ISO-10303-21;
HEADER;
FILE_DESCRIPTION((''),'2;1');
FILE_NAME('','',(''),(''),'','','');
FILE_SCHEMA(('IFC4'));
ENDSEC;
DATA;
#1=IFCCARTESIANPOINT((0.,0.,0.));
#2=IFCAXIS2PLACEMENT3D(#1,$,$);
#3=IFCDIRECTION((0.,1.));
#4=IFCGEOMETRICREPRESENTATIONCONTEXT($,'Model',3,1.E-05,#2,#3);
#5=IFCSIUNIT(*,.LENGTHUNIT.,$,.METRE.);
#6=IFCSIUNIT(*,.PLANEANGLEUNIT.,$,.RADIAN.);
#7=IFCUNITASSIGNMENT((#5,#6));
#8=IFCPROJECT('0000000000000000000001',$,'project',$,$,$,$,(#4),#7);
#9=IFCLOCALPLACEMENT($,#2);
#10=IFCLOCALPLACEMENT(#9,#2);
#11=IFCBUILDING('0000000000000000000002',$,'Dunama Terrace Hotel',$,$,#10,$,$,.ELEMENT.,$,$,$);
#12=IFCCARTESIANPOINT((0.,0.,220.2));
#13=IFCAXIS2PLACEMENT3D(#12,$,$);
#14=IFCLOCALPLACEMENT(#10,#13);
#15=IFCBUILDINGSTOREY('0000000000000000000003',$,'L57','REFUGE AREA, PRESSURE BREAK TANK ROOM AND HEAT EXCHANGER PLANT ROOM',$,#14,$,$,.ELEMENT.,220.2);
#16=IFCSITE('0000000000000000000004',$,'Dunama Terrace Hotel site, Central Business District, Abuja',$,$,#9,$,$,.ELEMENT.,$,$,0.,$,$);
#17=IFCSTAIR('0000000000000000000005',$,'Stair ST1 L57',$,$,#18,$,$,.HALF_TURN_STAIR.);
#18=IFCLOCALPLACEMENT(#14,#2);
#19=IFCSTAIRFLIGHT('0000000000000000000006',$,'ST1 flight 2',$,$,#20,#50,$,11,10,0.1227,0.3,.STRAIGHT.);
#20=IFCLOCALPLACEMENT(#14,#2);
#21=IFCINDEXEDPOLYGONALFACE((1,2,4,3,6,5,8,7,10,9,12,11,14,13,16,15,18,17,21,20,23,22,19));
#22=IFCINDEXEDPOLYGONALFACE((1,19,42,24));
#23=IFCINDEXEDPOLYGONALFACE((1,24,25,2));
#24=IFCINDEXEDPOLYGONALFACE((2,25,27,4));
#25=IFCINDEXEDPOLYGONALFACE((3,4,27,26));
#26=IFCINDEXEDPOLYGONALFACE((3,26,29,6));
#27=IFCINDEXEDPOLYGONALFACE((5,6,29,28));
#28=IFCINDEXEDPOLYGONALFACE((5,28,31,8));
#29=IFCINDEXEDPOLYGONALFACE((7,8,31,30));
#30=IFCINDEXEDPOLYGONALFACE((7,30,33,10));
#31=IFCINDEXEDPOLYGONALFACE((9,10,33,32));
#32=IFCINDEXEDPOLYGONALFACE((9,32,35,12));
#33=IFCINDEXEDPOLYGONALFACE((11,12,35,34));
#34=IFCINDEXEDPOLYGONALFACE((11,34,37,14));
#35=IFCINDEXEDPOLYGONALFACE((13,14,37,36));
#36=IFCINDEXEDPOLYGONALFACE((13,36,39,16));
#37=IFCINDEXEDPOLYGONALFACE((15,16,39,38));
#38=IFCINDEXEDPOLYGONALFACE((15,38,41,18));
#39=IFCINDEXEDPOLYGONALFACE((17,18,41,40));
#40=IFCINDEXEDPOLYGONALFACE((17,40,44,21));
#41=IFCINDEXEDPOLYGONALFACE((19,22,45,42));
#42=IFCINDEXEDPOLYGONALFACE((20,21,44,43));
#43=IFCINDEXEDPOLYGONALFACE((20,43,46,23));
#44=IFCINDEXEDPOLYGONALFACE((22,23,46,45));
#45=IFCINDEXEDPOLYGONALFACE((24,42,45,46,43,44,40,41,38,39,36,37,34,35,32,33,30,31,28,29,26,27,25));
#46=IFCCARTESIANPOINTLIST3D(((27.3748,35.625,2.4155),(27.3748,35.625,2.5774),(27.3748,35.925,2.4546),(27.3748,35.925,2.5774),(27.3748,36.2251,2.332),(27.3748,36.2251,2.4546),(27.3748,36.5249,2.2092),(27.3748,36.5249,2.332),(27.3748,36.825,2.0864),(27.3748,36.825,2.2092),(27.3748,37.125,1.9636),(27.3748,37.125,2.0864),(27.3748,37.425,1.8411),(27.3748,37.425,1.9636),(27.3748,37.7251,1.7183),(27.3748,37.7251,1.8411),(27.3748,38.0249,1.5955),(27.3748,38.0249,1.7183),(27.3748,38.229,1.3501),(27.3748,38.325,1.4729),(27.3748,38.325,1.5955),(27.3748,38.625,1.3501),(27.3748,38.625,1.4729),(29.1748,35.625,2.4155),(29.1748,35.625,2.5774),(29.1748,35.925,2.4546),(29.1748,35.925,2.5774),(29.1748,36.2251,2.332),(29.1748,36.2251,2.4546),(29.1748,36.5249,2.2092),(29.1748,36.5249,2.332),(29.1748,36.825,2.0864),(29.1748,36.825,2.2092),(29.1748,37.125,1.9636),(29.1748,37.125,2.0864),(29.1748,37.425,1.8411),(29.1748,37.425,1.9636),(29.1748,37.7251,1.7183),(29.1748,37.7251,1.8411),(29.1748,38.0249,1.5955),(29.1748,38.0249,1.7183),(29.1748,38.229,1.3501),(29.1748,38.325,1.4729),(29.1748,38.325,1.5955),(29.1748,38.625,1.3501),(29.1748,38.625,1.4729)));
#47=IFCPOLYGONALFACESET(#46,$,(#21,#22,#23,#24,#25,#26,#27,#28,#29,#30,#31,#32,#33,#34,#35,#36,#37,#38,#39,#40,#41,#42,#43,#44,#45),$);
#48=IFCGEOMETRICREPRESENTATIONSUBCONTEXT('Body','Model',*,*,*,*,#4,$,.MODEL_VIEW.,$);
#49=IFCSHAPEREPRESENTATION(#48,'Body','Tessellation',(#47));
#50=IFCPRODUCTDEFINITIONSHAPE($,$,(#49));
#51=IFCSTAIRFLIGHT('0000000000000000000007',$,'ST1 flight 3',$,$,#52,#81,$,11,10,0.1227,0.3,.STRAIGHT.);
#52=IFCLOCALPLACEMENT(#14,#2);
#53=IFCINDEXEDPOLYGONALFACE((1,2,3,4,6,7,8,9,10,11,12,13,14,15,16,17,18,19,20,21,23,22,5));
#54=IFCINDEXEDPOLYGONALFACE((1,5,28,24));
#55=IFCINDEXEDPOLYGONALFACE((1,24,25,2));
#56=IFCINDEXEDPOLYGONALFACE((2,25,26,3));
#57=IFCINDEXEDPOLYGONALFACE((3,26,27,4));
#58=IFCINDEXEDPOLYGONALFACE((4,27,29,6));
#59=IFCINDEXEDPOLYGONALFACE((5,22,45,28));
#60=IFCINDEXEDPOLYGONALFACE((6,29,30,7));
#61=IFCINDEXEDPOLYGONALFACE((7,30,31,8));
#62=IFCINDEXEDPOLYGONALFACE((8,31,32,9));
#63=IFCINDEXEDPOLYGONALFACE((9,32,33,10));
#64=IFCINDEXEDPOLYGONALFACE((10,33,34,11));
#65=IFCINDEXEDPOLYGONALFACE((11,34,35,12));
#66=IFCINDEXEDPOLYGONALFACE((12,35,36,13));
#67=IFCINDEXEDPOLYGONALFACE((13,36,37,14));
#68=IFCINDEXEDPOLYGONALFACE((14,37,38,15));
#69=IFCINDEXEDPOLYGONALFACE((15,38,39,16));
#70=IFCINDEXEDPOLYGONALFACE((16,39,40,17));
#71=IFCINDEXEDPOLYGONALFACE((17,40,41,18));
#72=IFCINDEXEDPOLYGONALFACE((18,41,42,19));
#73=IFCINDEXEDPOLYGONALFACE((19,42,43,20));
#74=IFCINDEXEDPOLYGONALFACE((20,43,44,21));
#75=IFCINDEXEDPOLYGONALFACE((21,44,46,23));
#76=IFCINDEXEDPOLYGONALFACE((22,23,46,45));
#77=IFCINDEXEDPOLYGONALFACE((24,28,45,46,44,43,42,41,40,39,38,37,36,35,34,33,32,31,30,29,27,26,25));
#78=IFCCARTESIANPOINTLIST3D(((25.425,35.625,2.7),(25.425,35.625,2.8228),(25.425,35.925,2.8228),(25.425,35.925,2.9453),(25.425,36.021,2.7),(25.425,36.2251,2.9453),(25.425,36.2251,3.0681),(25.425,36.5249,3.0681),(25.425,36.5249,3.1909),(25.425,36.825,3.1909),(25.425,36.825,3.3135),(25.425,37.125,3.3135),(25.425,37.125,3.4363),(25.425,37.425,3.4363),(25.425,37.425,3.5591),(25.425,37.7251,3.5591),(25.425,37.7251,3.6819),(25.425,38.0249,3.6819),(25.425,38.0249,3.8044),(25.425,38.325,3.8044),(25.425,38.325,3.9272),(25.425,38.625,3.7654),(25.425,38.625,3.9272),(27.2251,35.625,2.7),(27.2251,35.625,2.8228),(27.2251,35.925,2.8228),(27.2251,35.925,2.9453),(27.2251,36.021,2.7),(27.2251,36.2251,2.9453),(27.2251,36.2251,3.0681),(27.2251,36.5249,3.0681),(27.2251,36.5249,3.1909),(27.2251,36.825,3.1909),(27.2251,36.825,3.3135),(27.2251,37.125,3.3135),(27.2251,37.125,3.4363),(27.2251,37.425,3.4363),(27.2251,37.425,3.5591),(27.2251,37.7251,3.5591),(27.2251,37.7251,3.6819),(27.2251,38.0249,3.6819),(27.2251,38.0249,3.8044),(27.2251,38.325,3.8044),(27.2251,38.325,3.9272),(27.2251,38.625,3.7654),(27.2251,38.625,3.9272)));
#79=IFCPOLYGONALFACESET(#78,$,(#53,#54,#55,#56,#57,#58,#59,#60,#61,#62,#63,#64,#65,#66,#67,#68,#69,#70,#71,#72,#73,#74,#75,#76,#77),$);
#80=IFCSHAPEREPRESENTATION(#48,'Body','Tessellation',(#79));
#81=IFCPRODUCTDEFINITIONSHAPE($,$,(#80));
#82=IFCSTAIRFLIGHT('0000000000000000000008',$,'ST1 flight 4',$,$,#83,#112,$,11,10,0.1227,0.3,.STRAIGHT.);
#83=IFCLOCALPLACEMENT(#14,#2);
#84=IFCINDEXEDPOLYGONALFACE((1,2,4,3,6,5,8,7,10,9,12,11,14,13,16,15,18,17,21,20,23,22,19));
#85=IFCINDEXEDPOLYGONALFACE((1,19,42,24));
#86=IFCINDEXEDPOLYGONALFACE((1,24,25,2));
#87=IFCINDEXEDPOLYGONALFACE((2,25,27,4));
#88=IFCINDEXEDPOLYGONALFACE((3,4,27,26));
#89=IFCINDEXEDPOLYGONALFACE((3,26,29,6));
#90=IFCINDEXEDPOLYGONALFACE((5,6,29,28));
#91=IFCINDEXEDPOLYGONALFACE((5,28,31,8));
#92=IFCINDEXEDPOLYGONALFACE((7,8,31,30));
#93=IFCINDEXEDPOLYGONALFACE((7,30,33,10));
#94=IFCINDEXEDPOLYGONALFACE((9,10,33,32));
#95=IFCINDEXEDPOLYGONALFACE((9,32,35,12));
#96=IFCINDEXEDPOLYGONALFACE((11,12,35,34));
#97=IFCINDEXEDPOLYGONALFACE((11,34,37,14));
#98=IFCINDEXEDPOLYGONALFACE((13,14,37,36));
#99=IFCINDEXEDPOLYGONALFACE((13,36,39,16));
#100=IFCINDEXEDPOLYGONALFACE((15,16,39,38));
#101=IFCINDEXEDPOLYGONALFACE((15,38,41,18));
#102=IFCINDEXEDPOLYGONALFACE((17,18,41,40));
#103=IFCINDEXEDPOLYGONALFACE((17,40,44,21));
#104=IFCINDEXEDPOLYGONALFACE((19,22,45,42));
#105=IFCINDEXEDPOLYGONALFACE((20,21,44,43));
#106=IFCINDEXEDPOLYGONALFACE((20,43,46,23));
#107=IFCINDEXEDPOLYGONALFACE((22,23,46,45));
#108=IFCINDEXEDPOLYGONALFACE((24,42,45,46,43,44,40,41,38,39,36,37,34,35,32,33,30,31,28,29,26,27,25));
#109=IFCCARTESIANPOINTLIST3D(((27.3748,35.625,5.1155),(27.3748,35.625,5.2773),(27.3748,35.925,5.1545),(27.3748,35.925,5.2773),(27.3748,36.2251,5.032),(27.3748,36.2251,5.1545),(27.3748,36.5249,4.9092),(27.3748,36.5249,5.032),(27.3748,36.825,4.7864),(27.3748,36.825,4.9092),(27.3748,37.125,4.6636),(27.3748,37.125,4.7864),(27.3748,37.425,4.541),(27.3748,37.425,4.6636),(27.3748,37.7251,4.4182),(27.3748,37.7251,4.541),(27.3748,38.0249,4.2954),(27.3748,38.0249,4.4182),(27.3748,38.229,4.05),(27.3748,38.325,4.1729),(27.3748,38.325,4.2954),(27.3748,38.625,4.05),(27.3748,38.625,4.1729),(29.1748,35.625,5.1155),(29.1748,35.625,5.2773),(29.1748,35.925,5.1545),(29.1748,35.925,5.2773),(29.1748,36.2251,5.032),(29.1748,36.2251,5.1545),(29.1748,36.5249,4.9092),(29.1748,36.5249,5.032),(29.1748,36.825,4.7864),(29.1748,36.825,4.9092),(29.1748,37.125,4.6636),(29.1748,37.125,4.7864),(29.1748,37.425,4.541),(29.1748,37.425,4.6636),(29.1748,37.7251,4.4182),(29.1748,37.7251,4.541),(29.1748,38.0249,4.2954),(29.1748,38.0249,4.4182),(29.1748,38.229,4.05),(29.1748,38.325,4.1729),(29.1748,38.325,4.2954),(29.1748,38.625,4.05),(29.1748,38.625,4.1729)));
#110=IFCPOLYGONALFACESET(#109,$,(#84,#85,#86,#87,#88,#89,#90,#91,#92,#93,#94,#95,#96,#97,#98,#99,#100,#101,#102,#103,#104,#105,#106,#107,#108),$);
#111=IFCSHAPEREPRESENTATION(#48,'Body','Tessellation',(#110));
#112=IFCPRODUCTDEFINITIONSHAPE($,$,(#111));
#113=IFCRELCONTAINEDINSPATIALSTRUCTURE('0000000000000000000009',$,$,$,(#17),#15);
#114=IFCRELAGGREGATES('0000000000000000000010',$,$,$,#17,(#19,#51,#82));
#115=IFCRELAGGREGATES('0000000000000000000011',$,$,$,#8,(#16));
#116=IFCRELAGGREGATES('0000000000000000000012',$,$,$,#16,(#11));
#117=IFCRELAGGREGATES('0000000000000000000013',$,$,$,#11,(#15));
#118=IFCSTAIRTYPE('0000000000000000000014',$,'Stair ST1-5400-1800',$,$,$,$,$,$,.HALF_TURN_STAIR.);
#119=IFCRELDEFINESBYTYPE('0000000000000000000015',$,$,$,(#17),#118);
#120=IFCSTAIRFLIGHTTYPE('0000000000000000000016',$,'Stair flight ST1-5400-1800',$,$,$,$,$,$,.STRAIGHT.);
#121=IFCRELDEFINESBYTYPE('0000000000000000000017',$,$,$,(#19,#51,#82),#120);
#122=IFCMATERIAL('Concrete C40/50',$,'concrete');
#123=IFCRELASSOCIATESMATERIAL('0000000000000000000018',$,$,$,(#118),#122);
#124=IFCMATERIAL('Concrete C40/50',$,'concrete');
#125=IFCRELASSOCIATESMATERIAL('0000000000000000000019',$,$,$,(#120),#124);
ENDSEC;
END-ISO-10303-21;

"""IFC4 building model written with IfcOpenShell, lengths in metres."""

from ifc_helpers import new_model, si_unit, direction, frame, origin, place, context, subcontext, project, spatial, polyline, outline, extrude, material, type_object, element, aggregate, save


model = new_model("IFC4")

# Units and contexts
model_context = context("Model", 3, precision=1e-05, world=origin(), true_north=direction((0.0, 1.0)))
body_context = subcontext(model_context, "Body", "Model", "MODEL_VIEW")
ifc_project = project(units=[si_unit("LENGTHUNIT", "METRE"), si_unit("PLANEANGLEUNIT", "RADIAN")], contexts=[model_context])

# Site, building, storey
site_placement = place(None, origin())
site = spatial("IfcSite", under=ifc_project, at=site_placement, Name="Dunama Terrace Hotel site, Central Business District, Abuja", CompositionType="ELEMENT", RefElevation=0.0)
building_placement = place(site_placement, origin())
building = spatial("IfcBuilding", under=site, at=building_placement, Name="Dunama Terrace Hotel", CompositionType="ELEMENT")
storey_placement = place(building_placement, frame((0.0, 0.0, 220.2)))
storey = spatial("IfcBuildingStorey", under=building, at=storey_placement, Name="L57", Description="REFUGE AREA, PRESSURE BREAK TANK ROOM AND HEAT EXCHANGER PLANT ROOM", CompositionType="ELEMENT", Elevation=220.2)

# Stair, stair flights
ifc_material_1 = material(Name="Concrete C40/50", Category="concrete")
stair_type = type_object("IfcStairType", Name="Stair ST1-5400-1800", PredefinedType="HALF_TURN_STAIR", material=ifc_material_1)
stair_placement = place(storey_placement, origin())
stair = element("IfcStair", 1, at=stair_placement, inside=storey, type_object=stair_type, Name="Stair ST1 L57", PredefinedType="HALF_TURN_STAIR")
ifc_material_2 = material(Name="Concrete C40/50", Category="concrete")
stair_flight_type = type_object("IfcStairFlightType", Name="Stair flight ST1-5400-1800", PredefinedType="STRAIGHT", material=ifc_material_2)
stair_flight_1_placement = place(storey_placement, frame((28.2749, 38.625, 1.3501), z_axis=(0.0, 0.0, 1.0), x_axis=(0.0, -1.0, 0.0)))
stair_flight_1 = element("IfcStairFlight", 2, at=stair_flight_1_placement, type_object=stair_flight_type, Name="ST1 flight 2", NumberOfRisers=11, NumberOfTreads=10, PredefinedType="STRAIGHT", RiserHeight=0.1227, TreadLength=0.3, context=body_context, shape_type="SweptSolid", body=[
    extrude(outline(polyline([(0.0, 0.0), (0.0, 0.1228), (0.3, 0.1228), (0.3, 0.2454), (0.6001, 0.2454), (0.6001, 0.3682), (0.8999, 0.3682), (0.8999, 0.491), (1.2, 0.491), (1.2, 0.6135), (1.5, 0.6135), (1.5, 0.7363), (1.8, 0.7363), (1.8, 0.8591), (2.1001, 0.8591), (2.1001, 0.9819), (2.3999, 0.9819), (2.3999, 1.1045), (2.7, 1.1045), (2.7, 1.2273), (3.0, 1.2273), (3.0, 1.3501), (3.0, 1.0654), (0.396, 0.0), (0.0, 0.0)])), frame((0.0, 0.8999, 0.0), z_axis=(0.0, -1.0, 0.0), x_axis=(1.0, 0.0, 0.0)), (0.0, 0.0, 1.0), 1.8),
])
stair_flight_2_placement = place(storey_placement, frame((26.325, 35.625, 2.7), z_axis=(0.0, 0.0, 1.0), x_axis=(0.0, 1.0, 0.0)))
stair_flight_2 = element("IfcStairFlight", 3, at=stair_flight_2_placement, type_object=stair_flight_type, Name="ST1 flight 3", NumberOfRisers=11, NumberOfTreads=10, PredefinedType="STRAIGHT", RiserHeight=0.1227, TreadLength=0.3, context=body_context, shape_type="SweptSolid", body=[
    extrude(outline(polyline([(0.0, 0.0), (0.0, 0.1228), (0.3, 0.1228), (0.3, 0.2454), (0.6001, 0.2454), (0.6001, 0.3682), (0.8999, 0.3682), (0.8999, 0.491), (1.2, 0.491), (1.2, 0.6135), (1.5, 0.6135), (1.5, 0.7363), (1.8, 0.7363), (1.8, 0.8591), (2.1001, 0.8591), (2.1001, 0.9819), (2.3999, 0.9819), (2.3999, 1.1045), (2.7, 1.1045), (2.7, 1.2273), (3.0, 1.2273), (3.0, 1.3501), (3.0, 1.0654), (0.396, 0.0), (0.0, 0.0)])), frame((0.0, 0.8999, 0.0), z_axis=(0.0, -1.0, 0.0), x_axis=(1.0, 0.0, 0.0)), (0.0, 0.0, 1.0), 1.8),
])
stair_flight_3_placement = place(storey_placement, frame((28.2749, 38.625, 4.05), z_axis=(0.0, 0.0, 1.0), x_axis=(0.0, -1.0, 0.0)))
stair_flight_3 = element("IfcStairFlight", 4, at=stair_flight_3_placement, type_object=stair_flight_type, Name="ST1 flight 4", NumberOfRisers=11, NumberOfTreads=10, PredefinedType="STRAIGHT", RiserHeight=0.1227, TreadLength=0.3, context=body_context, shape_type="SweptSolid", body=[
    extrude(outline(polyline([(0.0, 0.0), (0.0, 0.1228), (0.3, 0.1228), (0.3, 0.2454), (0.6001, 0.2454), (0.6001, 0.3682), (0.8999, 0.3682), (0.8999, 0.491), (1.2, 0.491), (1.2, 0.6135), (1.5, 0.6135), (1.5, 0.7363), (1.8, 0.7363), (1.8, 0.8591), (2.1001, 0.8591), (2.1001, 0.9819), (2.3999, 0.9819), (2.3999, 1.1045), (2.7, 1.1045), (2.7, 1.2273), (3.0, 1.2273), (3.0, 1.3501), (3.0, 1.0654), (0.396, 0.0), (0.0, 0.0)])), frame((0.0, 0.8999, 0.0), z_axis=(0.0, -1.0, 0.0), x_axis=(1.0, 0.0, 0.0)), (0.0, 0.0, 1.0), 1.8),
])
aggregate(stair, [stair_flight_1, stair_flight_2, stair_flight_3])

save(model, "model.ifc")
